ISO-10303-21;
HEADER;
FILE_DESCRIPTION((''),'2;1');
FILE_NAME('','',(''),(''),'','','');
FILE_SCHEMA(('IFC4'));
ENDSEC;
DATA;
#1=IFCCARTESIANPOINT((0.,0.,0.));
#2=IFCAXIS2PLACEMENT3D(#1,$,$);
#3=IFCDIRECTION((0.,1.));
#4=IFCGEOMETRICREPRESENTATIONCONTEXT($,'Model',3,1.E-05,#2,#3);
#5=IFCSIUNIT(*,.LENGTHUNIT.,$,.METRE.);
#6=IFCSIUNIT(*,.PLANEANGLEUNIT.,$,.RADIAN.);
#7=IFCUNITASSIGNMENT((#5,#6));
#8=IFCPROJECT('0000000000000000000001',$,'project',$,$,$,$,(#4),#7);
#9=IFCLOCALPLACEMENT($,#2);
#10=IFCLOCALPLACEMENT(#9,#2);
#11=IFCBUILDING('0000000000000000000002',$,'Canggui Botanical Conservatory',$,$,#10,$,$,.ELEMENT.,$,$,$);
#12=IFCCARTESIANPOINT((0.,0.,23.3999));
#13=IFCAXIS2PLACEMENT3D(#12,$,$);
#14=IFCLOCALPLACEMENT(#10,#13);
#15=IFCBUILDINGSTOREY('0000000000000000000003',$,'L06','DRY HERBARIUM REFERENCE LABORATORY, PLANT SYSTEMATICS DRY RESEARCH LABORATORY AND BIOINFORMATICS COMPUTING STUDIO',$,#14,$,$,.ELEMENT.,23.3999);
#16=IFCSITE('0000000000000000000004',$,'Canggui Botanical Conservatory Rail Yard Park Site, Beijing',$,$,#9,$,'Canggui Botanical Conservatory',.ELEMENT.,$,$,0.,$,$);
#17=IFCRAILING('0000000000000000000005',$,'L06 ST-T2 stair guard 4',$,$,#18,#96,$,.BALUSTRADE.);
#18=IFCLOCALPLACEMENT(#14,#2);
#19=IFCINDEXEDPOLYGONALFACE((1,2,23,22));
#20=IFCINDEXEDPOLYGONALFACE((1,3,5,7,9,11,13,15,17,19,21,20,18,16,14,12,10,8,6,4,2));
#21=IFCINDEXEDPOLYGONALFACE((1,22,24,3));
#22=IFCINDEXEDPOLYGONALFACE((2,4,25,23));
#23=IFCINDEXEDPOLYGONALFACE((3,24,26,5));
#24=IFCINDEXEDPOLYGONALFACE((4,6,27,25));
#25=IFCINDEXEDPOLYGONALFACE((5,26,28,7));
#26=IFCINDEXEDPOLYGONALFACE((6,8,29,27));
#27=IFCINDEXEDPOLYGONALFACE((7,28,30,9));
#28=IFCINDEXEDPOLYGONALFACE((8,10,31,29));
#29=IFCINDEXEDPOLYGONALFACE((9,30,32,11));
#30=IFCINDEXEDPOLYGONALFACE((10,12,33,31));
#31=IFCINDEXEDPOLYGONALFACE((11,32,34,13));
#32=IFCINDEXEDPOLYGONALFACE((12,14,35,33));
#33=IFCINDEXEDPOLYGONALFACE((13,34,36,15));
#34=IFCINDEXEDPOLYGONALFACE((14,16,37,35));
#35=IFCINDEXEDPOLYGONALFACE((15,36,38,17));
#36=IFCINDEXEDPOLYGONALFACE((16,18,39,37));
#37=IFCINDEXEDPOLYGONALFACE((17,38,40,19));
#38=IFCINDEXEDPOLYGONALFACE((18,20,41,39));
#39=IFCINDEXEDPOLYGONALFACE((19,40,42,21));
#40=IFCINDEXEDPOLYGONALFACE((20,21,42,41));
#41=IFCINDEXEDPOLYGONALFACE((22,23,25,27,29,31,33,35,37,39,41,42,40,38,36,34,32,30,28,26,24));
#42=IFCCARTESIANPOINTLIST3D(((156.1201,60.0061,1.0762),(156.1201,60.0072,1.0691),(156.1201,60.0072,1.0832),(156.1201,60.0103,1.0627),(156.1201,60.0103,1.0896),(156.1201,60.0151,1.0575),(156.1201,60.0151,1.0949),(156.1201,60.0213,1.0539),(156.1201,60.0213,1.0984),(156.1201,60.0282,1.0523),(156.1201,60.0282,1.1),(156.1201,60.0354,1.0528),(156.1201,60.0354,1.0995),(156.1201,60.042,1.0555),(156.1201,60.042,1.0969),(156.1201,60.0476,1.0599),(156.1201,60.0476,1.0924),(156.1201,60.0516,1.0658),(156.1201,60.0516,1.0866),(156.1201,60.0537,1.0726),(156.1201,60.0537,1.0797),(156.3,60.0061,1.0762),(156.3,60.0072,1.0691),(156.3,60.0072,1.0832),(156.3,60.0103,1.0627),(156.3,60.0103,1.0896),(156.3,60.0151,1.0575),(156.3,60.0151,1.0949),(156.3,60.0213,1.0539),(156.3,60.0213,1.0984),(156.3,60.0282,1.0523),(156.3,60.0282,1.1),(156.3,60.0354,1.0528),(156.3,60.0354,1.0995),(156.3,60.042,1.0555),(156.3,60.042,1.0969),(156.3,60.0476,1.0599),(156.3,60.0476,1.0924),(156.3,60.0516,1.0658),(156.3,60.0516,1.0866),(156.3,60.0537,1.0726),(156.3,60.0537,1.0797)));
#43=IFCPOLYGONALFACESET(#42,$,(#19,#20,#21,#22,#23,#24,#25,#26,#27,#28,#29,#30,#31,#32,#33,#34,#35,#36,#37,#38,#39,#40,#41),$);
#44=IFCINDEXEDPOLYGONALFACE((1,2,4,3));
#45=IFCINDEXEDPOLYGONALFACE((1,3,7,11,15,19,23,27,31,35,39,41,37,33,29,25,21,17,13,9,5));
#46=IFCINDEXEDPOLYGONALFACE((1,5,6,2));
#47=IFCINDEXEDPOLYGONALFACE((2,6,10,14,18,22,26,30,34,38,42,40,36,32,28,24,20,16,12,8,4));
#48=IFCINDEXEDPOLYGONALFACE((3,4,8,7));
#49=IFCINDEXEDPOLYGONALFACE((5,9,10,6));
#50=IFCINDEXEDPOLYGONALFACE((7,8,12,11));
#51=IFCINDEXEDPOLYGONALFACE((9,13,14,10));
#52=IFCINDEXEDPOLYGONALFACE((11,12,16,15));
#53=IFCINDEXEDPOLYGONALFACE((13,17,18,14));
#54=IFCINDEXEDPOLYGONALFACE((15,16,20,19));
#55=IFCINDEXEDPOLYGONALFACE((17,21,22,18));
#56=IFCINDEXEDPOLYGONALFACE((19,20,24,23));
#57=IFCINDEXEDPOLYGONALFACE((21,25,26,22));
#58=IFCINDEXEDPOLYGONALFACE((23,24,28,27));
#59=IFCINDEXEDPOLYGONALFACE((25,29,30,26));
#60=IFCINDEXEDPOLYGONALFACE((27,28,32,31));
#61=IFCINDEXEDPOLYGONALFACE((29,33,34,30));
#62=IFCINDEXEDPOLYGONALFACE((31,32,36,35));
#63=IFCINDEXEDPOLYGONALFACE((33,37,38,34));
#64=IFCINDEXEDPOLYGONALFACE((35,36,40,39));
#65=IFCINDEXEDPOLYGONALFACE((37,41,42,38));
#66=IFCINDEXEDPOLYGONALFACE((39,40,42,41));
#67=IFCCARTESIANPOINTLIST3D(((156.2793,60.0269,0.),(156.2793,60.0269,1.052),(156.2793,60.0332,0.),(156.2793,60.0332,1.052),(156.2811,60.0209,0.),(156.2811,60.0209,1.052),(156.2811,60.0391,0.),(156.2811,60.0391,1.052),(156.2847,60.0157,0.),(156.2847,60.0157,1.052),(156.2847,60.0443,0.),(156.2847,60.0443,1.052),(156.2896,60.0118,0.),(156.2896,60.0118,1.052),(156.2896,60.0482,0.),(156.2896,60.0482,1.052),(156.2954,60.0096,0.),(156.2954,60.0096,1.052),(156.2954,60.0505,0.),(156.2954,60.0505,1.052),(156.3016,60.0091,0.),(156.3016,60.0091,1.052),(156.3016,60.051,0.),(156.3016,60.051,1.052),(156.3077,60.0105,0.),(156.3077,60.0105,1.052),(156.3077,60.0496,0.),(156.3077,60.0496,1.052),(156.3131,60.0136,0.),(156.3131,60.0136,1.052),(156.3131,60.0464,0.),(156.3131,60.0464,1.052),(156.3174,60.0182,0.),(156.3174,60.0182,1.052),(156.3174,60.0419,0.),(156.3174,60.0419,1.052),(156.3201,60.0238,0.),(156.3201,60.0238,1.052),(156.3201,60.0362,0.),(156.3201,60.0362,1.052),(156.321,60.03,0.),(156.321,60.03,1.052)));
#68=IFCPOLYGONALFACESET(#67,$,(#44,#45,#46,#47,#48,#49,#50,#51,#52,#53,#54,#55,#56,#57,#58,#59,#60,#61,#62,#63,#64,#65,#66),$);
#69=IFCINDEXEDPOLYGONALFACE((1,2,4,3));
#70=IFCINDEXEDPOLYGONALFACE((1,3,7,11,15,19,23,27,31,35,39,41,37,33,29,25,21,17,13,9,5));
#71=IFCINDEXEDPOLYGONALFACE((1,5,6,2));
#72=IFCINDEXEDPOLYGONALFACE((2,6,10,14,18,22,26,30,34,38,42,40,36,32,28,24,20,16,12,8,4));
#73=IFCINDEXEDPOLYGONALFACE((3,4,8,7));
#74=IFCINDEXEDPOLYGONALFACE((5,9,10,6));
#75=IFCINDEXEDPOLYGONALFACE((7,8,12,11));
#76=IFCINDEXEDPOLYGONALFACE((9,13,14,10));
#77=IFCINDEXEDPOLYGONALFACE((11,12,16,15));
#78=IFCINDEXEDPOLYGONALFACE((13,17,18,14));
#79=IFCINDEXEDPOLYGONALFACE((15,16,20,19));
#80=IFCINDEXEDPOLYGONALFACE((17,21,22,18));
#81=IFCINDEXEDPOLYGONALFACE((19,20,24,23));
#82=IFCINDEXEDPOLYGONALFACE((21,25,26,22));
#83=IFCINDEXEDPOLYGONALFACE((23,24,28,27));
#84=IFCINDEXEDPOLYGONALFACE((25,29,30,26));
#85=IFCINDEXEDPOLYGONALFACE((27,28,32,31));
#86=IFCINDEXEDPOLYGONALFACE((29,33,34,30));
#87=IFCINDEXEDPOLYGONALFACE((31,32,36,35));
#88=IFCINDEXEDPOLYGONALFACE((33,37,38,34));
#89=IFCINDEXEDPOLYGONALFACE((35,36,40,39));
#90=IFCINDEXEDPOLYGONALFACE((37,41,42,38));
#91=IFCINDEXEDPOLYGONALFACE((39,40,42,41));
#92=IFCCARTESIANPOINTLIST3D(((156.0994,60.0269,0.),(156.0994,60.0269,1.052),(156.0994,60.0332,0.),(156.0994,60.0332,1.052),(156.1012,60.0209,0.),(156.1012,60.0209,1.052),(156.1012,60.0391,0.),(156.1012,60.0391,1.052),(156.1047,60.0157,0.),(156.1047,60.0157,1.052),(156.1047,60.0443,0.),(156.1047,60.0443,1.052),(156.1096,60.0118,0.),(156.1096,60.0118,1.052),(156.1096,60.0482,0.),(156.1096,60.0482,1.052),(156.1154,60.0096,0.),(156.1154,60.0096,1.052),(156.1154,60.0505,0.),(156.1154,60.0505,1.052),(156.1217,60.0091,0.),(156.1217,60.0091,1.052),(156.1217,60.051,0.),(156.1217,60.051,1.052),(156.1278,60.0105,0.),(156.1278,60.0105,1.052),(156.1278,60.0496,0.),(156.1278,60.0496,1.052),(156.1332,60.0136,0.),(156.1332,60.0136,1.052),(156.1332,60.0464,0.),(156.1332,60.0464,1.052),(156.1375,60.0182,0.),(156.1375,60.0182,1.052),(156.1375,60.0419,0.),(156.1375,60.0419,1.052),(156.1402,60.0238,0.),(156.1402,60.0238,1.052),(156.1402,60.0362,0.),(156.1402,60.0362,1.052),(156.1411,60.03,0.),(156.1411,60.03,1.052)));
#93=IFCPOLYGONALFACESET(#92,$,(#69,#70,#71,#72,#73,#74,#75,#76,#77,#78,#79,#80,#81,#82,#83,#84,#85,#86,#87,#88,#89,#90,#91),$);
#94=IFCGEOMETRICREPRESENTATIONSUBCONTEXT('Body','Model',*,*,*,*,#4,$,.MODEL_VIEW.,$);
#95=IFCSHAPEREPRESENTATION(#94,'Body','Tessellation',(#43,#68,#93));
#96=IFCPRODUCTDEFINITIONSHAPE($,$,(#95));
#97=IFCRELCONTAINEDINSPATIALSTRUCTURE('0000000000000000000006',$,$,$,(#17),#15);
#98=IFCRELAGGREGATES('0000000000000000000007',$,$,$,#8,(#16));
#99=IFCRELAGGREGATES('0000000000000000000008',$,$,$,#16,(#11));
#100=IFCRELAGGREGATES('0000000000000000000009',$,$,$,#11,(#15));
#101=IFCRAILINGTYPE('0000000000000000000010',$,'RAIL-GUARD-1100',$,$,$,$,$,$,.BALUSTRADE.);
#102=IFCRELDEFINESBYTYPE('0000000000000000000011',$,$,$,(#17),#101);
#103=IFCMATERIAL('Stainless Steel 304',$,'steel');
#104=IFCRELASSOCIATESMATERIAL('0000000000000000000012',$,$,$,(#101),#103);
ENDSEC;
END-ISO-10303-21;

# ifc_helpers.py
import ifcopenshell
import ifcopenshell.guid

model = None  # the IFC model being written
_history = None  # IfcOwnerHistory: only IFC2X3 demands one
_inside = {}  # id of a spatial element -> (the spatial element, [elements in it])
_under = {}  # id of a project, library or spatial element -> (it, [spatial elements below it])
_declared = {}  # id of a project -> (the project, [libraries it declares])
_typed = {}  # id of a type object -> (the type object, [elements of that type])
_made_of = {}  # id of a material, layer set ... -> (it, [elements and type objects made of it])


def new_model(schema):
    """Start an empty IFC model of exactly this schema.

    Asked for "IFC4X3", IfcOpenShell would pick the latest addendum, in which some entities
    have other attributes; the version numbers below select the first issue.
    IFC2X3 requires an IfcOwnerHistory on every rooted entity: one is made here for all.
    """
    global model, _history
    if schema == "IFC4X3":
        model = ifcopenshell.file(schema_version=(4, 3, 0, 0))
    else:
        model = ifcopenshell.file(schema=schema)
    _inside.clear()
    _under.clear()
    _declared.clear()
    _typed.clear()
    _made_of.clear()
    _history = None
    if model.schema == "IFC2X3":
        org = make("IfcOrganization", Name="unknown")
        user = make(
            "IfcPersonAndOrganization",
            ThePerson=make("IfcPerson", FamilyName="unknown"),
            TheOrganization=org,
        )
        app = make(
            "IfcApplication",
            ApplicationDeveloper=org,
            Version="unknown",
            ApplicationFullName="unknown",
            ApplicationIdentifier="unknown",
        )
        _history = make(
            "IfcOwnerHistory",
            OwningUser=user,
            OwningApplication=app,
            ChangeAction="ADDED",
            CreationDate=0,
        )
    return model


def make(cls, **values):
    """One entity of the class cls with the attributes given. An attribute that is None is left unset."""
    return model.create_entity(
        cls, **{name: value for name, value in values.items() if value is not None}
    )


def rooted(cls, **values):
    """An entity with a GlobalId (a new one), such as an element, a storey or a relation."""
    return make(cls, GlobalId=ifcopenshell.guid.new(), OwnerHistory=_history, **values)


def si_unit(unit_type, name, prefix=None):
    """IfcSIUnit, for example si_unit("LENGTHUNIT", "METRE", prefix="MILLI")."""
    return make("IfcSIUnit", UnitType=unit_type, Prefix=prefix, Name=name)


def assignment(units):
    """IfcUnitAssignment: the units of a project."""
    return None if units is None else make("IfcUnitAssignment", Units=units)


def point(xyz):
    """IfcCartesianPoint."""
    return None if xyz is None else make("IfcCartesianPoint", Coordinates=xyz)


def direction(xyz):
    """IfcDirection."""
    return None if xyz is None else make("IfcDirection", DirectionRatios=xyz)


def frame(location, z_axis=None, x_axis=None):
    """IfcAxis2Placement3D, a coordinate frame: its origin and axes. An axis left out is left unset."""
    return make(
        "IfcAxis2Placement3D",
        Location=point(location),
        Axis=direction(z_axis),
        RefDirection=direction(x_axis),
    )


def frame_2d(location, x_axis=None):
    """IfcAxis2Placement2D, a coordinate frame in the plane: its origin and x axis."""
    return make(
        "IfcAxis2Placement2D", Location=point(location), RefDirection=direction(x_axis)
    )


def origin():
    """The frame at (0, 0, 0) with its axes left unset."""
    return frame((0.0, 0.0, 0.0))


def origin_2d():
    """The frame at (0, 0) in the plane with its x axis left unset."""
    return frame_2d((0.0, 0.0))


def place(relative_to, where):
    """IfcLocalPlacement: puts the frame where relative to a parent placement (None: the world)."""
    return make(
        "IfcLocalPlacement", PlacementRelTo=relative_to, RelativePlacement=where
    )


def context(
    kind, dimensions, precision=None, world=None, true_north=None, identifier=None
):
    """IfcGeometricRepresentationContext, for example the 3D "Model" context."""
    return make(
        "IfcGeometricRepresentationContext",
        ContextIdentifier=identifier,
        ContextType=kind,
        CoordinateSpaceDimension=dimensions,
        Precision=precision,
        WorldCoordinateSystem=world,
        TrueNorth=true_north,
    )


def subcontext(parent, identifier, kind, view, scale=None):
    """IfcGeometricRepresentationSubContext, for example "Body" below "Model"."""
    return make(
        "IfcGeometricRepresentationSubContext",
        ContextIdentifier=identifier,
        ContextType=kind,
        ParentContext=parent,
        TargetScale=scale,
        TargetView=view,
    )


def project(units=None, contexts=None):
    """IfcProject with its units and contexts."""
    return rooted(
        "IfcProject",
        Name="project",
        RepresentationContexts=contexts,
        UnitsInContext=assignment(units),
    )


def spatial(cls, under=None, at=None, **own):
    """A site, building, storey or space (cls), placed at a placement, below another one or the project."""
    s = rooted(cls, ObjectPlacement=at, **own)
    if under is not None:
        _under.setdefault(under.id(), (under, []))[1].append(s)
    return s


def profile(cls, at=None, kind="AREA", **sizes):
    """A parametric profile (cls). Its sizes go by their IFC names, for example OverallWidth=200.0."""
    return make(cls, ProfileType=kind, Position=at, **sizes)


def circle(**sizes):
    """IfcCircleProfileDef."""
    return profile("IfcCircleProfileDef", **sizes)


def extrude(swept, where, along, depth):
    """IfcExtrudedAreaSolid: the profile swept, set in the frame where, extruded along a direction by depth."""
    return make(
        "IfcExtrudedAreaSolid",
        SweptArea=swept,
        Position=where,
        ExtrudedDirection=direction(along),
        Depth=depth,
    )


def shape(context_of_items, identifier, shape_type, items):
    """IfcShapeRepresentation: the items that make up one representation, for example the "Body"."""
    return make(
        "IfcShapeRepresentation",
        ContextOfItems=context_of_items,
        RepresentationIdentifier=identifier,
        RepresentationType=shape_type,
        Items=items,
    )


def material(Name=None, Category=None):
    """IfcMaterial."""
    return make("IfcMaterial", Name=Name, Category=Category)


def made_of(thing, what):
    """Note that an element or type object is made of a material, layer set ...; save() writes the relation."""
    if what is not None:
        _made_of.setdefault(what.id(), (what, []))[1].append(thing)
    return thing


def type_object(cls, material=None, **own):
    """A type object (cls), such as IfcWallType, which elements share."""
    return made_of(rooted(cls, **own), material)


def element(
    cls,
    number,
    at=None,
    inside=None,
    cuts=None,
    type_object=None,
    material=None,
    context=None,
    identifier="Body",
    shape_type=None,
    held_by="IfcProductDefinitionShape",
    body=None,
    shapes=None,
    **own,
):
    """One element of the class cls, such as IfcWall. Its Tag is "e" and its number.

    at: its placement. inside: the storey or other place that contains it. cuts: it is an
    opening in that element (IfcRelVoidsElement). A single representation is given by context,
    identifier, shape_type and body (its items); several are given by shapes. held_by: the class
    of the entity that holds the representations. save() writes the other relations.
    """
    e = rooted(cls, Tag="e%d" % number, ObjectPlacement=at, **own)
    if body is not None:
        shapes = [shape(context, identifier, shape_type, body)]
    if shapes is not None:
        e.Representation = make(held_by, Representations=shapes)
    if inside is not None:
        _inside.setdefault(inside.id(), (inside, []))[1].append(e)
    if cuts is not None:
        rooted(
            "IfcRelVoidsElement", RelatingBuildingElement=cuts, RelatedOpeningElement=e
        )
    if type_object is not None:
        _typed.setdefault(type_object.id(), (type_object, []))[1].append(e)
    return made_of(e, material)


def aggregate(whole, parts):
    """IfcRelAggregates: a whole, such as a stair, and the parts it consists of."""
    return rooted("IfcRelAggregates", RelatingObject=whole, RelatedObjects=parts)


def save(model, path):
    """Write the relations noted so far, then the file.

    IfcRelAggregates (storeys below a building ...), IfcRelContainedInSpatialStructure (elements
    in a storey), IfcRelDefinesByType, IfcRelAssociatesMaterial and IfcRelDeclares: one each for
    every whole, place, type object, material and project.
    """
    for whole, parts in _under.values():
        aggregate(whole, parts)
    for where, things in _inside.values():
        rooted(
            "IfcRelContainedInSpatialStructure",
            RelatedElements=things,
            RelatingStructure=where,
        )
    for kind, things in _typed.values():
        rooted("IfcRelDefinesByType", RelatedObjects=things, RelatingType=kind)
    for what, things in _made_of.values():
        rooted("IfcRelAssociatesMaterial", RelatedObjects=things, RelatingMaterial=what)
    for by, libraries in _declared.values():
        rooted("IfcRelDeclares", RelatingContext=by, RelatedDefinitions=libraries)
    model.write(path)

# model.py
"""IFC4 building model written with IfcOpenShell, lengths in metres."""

from ifc_helpers import new_model, si_unit, direction, frame, origin, origin_2d, place, context, subcontext, project, spatial, circle, extrude, material, type_object, element, save


model = new_model("IFC4")

# Units and contexts
model_context = context("Model", 3, precision=1e-05, world=origin(), true_north=direction((0.0, 1.0)))
body_context = subcontext(model_context, "Body", "Model", "MODEL_VIEW")
ifc_project = project(units=[si_unit("LENGTHUNIT", "METRE"), si_unit("PLANEANGLEUNIT", "RADIAN")], contexts=[model_context])

# Site, building, storey
site_placement = place(None, origin())
site = spatial("IfcSite", under=ifc_project, at=site_placement, Name="Canggui Botanical Conservatory Rail Yard Park Site, Beijing", LongName="Canggui Botanical Conservatory", CompositionType="ELEMENT", RefElevation=0.0)
building_placement = place(site_placement, origin())
building = spatial("IfcBuilding", under=site, at=building_placement, Name="Canggui Botanical Conservatory", CompositionType="ELEMENT")
storey_placement = place(building_placement, frame((0.0, 0.0, 23.3999)))
storey = spatial("IfcBuildingStorey", under=building, at=storey_placement, Name="L06", Description="DRY HERBARIUM REFERENCE LABORATORY, PLANT SYSTEMATICS DRY RESEARCH LABORATORY AND BIOINFORMATICS COMPUTING STUDIO", CompositionType="ELEMENT", Elevation=23.3999)

# Railing
ifc_material_1 = material(Name="Stainless Steel 304", Category="steel")
railing_type_1 = type_object("IfcRailingType", Name="RAIL-GUARD-1100", PredefinedType="BALUSTRADE", material=ifc_material_1)
railing_1_placement = place(storey_placement, frame((156.3, 60.03, 0.0)))
element("IfcRailing", 1, at=railing_1_placement, inside=storey, type_object=railing_type_1, Name="L06 ST-T2 stair guard 4", PredefinedType="BALUSTRADE", context=body_context, shape_type="SweptSolid", body=[
    extrude(circle(Radius=0.0239, at=origin_2d()), frame((0.0, 0.0, 1.0762), z_axis=(-1.0, 0.0, 0.0), x_axis=(0.0, -1.0, 0.0)), (0.0, 0.0, 1.0), 0.1799),
    extrude(circle(Radius=0.021, at=origin_2d()), origin(), (0.0, 0.0, 1.0), 1.052),
    extrude(circle(Radius=0.021, at=origin_2d()), frame((-0.1799, 0.0, 0.0)), (0.0, 0.0, 1.0), 1.052),
])

save(model, "model.ifc")
